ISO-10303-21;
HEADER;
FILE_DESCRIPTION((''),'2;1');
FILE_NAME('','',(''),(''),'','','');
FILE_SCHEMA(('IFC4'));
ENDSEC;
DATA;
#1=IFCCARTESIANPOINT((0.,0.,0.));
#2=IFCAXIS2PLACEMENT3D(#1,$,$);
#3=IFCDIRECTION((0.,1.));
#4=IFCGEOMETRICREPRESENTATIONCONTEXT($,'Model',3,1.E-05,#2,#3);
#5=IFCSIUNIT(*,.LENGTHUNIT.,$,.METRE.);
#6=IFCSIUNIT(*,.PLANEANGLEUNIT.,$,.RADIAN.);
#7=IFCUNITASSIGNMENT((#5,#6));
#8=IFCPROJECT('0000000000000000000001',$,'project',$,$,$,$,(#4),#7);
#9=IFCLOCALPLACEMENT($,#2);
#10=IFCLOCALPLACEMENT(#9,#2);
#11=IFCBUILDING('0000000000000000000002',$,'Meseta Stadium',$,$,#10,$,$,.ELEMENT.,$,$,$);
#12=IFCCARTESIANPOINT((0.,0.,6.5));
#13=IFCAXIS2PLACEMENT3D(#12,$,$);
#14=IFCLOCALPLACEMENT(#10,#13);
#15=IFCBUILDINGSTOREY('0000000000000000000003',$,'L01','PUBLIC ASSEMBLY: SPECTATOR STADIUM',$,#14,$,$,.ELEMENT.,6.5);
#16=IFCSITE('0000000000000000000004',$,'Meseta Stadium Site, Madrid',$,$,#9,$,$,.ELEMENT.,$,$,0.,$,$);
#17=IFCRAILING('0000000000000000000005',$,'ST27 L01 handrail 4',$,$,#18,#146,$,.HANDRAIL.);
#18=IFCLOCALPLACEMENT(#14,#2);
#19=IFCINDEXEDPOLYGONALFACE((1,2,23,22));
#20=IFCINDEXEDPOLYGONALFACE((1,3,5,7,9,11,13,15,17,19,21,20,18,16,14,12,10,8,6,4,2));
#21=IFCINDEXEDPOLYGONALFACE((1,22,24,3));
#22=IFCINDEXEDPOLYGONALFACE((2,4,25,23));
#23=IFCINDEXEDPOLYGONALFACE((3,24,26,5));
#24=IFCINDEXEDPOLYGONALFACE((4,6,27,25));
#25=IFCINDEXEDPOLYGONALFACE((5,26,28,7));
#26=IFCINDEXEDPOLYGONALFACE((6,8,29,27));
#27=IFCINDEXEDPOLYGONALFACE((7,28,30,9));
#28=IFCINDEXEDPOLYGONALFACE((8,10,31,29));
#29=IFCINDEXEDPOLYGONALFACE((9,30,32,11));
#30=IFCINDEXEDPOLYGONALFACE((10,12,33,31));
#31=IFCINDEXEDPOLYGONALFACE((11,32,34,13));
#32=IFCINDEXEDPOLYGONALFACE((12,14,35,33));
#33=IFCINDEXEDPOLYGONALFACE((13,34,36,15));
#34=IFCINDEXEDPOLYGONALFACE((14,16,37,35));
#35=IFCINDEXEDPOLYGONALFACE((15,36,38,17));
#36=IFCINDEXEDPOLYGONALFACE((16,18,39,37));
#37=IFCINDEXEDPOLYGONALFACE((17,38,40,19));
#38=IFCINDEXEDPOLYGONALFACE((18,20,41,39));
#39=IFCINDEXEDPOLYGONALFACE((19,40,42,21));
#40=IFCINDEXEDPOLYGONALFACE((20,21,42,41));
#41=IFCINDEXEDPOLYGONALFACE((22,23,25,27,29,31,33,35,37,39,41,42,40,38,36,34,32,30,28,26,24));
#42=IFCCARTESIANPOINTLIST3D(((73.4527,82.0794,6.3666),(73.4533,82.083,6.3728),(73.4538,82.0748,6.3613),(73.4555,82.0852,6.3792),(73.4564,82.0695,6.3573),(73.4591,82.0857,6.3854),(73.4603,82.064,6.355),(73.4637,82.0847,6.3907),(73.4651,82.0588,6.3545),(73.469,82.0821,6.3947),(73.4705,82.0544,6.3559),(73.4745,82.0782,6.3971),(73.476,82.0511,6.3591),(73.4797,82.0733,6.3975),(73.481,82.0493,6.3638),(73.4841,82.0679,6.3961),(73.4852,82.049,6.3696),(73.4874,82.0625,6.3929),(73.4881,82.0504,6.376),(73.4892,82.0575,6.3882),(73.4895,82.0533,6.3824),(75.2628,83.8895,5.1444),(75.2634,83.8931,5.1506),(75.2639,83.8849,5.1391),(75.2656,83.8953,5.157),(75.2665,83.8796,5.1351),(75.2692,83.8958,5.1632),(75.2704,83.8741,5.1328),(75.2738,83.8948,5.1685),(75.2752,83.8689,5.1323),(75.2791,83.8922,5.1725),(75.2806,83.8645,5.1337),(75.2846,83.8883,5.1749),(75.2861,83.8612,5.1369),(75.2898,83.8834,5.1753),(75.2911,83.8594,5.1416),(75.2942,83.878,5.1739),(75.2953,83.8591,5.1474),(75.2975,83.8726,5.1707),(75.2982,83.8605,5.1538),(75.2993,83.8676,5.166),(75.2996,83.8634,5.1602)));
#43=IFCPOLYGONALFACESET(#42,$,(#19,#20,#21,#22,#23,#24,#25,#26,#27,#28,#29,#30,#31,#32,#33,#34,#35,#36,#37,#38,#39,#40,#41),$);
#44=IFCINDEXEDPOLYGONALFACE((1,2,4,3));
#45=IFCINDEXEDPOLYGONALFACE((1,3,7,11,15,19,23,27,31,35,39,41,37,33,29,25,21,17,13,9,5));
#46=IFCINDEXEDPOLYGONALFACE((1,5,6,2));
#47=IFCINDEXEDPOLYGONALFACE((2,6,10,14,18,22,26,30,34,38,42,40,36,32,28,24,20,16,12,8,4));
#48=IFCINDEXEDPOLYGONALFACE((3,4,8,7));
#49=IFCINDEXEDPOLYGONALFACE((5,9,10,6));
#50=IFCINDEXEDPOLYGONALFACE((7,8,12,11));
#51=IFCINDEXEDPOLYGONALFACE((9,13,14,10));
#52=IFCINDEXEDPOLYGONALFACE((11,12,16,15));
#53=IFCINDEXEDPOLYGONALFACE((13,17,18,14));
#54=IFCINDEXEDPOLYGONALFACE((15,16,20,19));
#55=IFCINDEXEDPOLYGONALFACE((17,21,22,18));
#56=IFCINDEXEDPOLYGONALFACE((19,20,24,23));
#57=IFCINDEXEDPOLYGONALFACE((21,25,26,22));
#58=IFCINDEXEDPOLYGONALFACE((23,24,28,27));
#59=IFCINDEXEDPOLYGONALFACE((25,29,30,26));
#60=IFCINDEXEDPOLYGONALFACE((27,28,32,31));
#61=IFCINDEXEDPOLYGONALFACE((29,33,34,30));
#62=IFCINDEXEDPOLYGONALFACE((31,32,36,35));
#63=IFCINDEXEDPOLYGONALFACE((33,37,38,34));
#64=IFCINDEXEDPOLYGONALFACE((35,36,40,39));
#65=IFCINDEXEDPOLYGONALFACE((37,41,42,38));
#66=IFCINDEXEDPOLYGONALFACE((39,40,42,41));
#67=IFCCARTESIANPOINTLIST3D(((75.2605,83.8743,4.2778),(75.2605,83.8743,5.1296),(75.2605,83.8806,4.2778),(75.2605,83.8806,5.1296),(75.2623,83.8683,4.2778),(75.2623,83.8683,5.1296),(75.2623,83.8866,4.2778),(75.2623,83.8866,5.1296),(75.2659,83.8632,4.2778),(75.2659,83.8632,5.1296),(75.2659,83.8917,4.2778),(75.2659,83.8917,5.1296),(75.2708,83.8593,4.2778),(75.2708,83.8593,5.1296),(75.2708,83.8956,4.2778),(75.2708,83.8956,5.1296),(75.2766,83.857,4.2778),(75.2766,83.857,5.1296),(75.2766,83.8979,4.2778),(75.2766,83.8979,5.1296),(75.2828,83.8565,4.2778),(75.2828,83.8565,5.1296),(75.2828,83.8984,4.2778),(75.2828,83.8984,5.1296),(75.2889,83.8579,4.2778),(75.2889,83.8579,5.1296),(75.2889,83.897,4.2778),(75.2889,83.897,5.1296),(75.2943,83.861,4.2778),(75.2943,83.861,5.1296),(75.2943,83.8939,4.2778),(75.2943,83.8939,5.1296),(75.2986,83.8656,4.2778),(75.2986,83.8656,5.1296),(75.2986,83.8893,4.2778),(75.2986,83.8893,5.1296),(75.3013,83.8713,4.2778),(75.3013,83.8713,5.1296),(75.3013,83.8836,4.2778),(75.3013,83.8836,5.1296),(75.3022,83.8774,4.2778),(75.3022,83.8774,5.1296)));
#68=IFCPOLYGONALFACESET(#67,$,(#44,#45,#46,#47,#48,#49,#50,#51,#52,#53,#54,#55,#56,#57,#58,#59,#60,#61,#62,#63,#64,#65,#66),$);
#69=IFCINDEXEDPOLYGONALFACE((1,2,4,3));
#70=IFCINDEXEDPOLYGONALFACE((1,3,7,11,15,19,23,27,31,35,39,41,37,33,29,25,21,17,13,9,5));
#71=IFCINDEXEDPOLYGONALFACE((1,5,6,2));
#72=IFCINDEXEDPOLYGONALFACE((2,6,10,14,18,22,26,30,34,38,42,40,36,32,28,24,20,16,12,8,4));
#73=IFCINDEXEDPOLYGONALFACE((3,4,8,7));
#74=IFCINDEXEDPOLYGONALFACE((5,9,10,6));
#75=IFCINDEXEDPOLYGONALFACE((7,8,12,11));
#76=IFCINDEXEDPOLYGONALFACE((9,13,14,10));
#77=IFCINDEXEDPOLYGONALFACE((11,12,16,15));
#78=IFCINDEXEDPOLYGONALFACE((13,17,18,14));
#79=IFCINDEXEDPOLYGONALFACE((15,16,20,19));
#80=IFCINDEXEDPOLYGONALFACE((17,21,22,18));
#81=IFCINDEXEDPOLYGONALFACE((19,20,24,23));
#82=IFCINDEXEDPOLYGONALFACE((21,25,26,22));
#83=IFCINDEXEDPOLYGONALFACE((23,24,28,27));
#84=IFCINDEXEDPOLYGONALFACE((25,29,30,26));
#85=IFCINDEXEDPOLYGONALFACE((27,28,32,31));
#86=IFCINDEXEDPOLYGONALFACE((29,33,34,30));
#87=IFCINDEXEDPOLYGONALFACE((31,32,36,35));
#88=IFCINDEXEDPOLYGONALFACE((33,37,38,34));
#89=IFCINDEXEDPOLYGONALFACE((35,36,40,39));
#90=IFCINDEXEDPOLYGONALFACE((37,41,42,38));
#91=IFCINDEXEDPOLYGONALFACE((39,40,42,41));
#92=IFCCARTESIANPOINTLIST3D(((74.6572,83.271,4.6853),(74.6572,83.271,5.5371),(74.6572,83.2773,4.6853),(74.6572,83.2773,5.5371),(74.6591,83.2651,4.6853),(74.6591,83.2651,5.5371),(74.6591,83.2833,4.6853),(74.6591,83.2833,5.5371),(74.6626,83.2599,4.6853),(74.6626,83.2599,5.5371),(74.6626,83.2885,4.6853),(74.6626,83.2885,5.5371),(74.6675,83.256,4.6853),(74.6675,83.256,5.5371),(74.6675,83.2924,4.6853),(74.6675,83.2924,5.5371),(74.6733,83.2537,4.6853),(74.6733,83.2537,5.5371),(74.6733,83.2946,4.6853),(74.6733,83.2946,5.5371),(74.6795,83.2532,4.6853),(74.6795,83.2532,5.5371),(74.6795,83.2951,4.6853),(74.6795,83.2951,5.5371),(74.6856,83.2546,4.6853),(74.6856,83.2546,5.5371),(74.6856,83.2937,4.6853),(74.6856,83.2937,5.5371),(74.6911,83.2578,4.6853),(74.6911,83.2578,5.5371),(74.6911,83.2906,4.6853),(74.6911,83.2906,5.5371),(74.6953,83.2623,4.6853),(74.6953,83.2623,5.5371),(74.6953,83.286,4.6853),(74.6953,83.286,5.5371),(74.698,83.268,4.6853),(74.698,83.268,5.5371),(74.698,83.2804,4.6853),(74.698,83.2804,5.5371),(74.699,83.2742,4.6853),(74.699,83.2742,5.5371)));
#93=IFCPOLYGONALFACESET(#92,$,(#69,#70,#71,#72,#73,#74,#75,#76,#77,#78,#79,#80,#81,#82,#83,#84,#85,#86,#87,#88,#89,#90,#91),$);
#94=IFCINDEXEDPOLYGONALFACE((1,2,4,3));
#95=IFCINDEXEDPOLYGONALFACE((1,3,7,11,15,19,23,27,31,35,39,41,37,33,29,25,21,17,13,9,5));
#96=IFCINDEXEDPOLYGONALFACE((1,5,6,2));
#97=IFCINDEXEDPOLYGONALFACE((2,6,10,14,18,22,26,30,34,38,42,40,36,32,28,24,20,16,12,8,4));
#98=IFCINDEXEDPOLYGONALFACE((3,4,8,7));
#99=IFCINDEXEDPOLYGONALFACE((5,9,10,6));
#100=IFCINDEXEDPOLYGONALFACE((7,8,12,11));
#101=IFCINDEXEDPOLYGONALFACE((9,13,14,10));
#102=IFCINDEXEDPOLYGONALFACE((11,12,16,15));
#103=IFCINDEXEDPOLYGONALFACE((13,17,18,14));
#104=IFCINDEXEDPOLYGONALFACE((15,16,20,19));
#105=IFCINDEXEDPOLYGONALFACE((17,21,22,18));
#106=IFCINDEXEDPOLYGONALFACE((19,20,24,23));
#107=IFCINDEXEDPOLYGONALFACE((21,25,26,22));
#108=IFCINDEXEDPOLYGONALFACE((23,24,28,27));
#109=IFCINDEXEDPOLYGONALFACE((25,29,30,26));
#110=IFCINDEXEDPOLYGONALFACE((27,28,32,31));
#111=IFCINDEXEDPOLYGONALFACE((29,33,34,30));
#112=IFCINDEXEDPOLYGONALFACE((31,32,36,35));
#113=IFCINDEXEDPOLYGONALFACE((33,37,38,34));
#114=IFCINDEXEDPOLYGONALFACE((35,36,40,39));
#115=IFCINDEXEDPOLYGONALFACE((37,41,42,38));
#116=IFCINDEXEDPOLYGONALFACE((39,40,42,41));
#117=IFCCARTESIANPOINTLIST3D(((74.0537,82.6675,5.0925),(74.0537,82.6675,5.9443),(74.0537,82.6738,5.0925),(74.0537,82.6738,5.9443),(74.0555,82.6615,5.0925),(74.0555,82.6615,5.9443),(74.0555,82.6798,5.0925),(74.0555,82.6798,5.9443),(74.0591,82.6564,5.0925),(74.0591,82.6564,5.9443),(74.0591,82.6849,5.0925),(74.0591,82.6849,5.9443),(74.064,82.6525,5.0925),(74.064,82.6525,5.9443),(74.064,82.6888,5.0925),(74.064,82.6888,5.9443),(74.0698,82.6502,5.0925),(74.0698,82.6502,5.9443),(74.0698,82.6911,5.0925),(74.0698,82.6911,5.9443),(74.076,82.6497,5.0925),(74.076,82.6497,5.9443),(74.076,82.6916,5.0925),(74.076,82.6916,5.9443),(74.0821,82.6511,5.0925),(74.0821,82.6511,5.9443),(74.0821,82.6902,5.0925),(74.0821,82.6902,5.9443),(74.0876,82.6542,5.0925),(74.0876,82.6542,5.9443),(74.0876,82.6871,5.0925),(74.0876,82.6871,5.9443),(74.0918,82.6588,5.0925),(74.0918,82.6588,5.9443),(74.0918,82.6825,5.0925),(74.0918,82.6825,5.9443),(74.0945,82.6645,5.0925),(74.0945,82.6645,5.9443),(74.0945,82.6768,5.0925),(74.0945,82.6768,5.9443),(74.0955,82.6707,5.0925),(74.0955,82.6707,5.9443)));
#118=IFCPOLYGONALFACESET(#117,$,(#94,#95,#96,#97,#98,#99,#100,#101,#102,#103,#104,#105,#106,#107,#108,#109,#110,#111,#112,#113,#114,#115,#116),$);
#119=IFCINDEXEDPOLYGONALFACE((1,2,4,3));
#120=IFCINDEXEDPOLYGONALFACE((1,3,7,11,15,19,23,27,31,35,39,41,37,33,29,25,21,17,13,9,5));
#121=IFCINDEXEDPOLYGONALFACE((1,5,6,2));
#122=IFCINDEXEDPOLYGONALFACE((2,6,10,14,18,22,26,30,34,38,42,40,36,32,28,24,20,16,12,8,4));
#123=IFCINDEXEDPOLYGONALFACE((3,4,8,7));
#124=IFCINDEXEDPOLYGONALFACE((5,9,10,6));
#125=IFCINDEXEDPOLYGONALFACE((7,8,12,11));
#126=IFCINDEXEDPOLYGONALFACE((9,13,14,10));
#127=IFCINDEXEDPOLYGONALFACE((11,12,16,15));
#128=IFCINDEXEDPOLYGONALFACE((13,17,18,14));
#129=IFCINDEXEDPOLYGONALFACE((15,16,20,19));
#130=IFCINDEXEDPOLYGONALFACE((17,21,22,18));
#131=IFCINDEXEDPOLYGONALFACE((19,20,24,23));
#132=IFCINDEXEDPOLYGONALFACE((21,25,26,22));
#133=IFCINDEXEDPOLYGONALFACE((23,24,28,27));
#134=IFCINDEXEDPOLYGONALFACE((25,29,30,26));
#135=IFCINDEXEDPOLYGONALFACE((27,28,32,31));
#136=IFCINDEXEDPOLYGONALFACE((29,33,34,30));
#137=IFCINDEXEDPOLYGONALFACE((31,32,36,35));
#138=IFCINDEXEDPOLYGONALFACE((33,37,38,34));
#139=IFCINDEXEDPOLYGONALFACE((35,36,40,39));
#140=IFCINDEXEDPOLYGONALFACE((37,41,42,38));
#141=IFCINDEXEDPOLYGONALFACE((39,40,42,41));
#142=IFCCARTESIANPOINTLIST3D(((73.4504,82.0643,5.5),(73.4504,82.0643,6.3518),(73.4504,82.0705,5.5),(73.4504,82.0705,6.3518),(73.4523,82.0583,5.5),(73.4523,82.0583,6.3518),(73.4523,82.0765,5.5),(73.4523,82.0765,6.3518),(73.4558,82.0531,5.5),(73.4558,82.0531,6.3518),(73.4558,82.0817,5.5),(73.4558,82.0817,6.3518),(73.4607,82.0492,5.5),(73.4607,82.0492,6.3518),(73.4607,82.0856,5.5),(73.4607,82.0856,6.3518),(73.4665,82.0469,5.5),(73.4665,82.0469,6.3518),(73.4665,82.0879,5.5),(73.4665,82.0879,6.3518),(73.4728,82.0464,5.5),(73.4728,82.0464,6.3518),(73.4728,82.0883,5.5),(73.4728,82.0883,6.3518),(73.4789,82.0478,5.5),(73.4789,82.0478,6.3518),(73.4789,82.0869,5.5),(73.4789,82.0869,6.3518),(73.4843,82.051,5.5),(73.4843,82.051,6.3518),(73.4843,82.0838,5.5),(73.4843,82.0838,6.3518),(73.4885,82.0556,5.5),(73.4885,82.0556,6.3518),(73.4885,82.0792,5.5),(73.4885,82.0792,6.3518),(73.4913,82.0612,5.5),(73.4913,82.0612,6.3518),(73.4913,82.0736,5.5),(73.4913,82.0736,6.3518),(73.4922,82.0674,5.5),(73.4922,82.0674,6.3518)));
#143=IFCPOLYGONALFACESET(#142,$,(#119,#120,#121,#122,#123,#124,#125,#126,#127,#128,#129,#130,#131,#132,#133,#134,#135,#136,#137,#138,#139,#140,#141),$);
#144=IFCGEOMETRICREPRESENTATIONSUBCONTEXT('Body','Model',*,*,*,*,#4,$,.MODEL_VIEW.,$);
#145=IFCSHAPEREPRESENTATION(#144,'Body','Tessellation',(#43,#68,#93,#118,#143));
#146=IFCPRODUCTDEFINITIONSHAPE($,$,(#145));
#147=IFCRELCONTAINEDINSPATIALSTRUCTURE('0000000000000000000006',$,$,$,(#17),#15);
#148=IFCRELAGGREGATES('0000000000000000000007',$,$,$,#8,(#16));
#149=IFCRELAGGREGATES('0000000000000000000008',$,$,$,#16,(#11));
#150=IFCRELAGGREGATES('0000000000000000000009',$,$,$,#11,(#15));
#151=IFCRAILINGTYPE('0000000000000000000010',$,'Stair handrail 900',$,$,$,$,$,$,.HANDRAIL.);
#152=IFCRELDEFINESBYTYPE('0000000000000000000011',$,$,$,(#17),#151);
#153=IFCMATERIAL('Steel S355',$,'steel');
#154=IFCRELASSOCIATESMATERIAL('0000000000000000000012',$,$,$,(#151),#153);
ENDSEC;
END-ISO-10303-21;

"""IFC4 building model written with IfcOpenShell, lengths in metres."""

from ifc_helpers import new_model, si_unit, direction, frame, origin, origin_2d, place, context, subcontext, project, spatial, circle, extrude, material, type_object, element, save


model = new_model("IFC4")

# Units and contexts
model_context = context("Model", 3, precision=1e-05, world=origin(), true_north=direction((0.0, 1.0)))
body_context = subcontext(model_context, "Body", "Model", "MODEL_VIEW")
ifc_project = project(units=[si_unit("LENGTHUNIT", "METRE"), si_unit("PLANEANGLEUNIT", "RADIAN")], contexts=[model_context])

# Site, building, storey
site_placement = place(None, origin())
site = spatial("IfcSite", under=ifc_project, at=site_placement, Name="Meseta Stadium Site, Madrid", CompositionType="ELEMENT", RefElevation=0.0)
building_placement = place(site_placement, origin())
building = spatial("IfcBuilding", under=site, at=building_placement, Name="Meseta Stadium", CompositionType="ELEMENT")
storey_placement = place(building_placement, frame((0.0, 0.0, 6.5)))
storey = spatial("IfcBuildingStorey", under=building, at=storey_placement, Name="L01", Description="PUBLIC ASSEMBLY: SPECTATOR STADIUM", CompositionType="ELEMENT", Elevation=6.5)

# Railing
ifc_material_1 = material(Name="Steel S355", Category="steel")
railing_type_1 = type_object("IfcRailingType", Name="Stair handrail 900", PredefinedType="HANDRAIL", material=ifc_material_1)
for number, where, name in (
    (1, (75.2812, 83.8774, 4.2778), "ST27 L01 handrail 4"),
):
    element("IfcRailing", number, at=place(storey_placement, frame(where)), inside=storey, type_object=railing_type_1, Name=name, PredefinedType="HANDRAIL", context=body_context, shape_type="SweptSolid", body=[
        extrude(circle(Radius=0.0239, at=origin_2d()), frame((0.0, 0.0, 0.876), z_axis=(-0.638108, -0.638108, 0.430856), x_axis=(0.707107, -0.707107, 0.0)), (0.0, 0.0, 1.0), 2.8367),
        extrude(circle(Radius=0.021, at=origin_2d()), origin(), (0.0, 0.0, 1.0), 0.8518),
        extrude(circle(Radius=0.021, at=origin_2d()), frame((-0.6033, -0.6033, 0.4075)), (0.0, 0.0, 1.0), 0.8518),
        extrude(circle(Radius=0.021, at=origin_2d()), frame((-1.2068, -1.2068, 0.8147)), (0.0, 0.0, 1.0), 0.8518),
        extrude(circle(Radius=0.021, at=origin_2d()), frame((-1.8101, -1.8101, 1.2222)), (0.0, 0.0, 1.0), 0.8518),
    ])

save(model, "model.ifc")
